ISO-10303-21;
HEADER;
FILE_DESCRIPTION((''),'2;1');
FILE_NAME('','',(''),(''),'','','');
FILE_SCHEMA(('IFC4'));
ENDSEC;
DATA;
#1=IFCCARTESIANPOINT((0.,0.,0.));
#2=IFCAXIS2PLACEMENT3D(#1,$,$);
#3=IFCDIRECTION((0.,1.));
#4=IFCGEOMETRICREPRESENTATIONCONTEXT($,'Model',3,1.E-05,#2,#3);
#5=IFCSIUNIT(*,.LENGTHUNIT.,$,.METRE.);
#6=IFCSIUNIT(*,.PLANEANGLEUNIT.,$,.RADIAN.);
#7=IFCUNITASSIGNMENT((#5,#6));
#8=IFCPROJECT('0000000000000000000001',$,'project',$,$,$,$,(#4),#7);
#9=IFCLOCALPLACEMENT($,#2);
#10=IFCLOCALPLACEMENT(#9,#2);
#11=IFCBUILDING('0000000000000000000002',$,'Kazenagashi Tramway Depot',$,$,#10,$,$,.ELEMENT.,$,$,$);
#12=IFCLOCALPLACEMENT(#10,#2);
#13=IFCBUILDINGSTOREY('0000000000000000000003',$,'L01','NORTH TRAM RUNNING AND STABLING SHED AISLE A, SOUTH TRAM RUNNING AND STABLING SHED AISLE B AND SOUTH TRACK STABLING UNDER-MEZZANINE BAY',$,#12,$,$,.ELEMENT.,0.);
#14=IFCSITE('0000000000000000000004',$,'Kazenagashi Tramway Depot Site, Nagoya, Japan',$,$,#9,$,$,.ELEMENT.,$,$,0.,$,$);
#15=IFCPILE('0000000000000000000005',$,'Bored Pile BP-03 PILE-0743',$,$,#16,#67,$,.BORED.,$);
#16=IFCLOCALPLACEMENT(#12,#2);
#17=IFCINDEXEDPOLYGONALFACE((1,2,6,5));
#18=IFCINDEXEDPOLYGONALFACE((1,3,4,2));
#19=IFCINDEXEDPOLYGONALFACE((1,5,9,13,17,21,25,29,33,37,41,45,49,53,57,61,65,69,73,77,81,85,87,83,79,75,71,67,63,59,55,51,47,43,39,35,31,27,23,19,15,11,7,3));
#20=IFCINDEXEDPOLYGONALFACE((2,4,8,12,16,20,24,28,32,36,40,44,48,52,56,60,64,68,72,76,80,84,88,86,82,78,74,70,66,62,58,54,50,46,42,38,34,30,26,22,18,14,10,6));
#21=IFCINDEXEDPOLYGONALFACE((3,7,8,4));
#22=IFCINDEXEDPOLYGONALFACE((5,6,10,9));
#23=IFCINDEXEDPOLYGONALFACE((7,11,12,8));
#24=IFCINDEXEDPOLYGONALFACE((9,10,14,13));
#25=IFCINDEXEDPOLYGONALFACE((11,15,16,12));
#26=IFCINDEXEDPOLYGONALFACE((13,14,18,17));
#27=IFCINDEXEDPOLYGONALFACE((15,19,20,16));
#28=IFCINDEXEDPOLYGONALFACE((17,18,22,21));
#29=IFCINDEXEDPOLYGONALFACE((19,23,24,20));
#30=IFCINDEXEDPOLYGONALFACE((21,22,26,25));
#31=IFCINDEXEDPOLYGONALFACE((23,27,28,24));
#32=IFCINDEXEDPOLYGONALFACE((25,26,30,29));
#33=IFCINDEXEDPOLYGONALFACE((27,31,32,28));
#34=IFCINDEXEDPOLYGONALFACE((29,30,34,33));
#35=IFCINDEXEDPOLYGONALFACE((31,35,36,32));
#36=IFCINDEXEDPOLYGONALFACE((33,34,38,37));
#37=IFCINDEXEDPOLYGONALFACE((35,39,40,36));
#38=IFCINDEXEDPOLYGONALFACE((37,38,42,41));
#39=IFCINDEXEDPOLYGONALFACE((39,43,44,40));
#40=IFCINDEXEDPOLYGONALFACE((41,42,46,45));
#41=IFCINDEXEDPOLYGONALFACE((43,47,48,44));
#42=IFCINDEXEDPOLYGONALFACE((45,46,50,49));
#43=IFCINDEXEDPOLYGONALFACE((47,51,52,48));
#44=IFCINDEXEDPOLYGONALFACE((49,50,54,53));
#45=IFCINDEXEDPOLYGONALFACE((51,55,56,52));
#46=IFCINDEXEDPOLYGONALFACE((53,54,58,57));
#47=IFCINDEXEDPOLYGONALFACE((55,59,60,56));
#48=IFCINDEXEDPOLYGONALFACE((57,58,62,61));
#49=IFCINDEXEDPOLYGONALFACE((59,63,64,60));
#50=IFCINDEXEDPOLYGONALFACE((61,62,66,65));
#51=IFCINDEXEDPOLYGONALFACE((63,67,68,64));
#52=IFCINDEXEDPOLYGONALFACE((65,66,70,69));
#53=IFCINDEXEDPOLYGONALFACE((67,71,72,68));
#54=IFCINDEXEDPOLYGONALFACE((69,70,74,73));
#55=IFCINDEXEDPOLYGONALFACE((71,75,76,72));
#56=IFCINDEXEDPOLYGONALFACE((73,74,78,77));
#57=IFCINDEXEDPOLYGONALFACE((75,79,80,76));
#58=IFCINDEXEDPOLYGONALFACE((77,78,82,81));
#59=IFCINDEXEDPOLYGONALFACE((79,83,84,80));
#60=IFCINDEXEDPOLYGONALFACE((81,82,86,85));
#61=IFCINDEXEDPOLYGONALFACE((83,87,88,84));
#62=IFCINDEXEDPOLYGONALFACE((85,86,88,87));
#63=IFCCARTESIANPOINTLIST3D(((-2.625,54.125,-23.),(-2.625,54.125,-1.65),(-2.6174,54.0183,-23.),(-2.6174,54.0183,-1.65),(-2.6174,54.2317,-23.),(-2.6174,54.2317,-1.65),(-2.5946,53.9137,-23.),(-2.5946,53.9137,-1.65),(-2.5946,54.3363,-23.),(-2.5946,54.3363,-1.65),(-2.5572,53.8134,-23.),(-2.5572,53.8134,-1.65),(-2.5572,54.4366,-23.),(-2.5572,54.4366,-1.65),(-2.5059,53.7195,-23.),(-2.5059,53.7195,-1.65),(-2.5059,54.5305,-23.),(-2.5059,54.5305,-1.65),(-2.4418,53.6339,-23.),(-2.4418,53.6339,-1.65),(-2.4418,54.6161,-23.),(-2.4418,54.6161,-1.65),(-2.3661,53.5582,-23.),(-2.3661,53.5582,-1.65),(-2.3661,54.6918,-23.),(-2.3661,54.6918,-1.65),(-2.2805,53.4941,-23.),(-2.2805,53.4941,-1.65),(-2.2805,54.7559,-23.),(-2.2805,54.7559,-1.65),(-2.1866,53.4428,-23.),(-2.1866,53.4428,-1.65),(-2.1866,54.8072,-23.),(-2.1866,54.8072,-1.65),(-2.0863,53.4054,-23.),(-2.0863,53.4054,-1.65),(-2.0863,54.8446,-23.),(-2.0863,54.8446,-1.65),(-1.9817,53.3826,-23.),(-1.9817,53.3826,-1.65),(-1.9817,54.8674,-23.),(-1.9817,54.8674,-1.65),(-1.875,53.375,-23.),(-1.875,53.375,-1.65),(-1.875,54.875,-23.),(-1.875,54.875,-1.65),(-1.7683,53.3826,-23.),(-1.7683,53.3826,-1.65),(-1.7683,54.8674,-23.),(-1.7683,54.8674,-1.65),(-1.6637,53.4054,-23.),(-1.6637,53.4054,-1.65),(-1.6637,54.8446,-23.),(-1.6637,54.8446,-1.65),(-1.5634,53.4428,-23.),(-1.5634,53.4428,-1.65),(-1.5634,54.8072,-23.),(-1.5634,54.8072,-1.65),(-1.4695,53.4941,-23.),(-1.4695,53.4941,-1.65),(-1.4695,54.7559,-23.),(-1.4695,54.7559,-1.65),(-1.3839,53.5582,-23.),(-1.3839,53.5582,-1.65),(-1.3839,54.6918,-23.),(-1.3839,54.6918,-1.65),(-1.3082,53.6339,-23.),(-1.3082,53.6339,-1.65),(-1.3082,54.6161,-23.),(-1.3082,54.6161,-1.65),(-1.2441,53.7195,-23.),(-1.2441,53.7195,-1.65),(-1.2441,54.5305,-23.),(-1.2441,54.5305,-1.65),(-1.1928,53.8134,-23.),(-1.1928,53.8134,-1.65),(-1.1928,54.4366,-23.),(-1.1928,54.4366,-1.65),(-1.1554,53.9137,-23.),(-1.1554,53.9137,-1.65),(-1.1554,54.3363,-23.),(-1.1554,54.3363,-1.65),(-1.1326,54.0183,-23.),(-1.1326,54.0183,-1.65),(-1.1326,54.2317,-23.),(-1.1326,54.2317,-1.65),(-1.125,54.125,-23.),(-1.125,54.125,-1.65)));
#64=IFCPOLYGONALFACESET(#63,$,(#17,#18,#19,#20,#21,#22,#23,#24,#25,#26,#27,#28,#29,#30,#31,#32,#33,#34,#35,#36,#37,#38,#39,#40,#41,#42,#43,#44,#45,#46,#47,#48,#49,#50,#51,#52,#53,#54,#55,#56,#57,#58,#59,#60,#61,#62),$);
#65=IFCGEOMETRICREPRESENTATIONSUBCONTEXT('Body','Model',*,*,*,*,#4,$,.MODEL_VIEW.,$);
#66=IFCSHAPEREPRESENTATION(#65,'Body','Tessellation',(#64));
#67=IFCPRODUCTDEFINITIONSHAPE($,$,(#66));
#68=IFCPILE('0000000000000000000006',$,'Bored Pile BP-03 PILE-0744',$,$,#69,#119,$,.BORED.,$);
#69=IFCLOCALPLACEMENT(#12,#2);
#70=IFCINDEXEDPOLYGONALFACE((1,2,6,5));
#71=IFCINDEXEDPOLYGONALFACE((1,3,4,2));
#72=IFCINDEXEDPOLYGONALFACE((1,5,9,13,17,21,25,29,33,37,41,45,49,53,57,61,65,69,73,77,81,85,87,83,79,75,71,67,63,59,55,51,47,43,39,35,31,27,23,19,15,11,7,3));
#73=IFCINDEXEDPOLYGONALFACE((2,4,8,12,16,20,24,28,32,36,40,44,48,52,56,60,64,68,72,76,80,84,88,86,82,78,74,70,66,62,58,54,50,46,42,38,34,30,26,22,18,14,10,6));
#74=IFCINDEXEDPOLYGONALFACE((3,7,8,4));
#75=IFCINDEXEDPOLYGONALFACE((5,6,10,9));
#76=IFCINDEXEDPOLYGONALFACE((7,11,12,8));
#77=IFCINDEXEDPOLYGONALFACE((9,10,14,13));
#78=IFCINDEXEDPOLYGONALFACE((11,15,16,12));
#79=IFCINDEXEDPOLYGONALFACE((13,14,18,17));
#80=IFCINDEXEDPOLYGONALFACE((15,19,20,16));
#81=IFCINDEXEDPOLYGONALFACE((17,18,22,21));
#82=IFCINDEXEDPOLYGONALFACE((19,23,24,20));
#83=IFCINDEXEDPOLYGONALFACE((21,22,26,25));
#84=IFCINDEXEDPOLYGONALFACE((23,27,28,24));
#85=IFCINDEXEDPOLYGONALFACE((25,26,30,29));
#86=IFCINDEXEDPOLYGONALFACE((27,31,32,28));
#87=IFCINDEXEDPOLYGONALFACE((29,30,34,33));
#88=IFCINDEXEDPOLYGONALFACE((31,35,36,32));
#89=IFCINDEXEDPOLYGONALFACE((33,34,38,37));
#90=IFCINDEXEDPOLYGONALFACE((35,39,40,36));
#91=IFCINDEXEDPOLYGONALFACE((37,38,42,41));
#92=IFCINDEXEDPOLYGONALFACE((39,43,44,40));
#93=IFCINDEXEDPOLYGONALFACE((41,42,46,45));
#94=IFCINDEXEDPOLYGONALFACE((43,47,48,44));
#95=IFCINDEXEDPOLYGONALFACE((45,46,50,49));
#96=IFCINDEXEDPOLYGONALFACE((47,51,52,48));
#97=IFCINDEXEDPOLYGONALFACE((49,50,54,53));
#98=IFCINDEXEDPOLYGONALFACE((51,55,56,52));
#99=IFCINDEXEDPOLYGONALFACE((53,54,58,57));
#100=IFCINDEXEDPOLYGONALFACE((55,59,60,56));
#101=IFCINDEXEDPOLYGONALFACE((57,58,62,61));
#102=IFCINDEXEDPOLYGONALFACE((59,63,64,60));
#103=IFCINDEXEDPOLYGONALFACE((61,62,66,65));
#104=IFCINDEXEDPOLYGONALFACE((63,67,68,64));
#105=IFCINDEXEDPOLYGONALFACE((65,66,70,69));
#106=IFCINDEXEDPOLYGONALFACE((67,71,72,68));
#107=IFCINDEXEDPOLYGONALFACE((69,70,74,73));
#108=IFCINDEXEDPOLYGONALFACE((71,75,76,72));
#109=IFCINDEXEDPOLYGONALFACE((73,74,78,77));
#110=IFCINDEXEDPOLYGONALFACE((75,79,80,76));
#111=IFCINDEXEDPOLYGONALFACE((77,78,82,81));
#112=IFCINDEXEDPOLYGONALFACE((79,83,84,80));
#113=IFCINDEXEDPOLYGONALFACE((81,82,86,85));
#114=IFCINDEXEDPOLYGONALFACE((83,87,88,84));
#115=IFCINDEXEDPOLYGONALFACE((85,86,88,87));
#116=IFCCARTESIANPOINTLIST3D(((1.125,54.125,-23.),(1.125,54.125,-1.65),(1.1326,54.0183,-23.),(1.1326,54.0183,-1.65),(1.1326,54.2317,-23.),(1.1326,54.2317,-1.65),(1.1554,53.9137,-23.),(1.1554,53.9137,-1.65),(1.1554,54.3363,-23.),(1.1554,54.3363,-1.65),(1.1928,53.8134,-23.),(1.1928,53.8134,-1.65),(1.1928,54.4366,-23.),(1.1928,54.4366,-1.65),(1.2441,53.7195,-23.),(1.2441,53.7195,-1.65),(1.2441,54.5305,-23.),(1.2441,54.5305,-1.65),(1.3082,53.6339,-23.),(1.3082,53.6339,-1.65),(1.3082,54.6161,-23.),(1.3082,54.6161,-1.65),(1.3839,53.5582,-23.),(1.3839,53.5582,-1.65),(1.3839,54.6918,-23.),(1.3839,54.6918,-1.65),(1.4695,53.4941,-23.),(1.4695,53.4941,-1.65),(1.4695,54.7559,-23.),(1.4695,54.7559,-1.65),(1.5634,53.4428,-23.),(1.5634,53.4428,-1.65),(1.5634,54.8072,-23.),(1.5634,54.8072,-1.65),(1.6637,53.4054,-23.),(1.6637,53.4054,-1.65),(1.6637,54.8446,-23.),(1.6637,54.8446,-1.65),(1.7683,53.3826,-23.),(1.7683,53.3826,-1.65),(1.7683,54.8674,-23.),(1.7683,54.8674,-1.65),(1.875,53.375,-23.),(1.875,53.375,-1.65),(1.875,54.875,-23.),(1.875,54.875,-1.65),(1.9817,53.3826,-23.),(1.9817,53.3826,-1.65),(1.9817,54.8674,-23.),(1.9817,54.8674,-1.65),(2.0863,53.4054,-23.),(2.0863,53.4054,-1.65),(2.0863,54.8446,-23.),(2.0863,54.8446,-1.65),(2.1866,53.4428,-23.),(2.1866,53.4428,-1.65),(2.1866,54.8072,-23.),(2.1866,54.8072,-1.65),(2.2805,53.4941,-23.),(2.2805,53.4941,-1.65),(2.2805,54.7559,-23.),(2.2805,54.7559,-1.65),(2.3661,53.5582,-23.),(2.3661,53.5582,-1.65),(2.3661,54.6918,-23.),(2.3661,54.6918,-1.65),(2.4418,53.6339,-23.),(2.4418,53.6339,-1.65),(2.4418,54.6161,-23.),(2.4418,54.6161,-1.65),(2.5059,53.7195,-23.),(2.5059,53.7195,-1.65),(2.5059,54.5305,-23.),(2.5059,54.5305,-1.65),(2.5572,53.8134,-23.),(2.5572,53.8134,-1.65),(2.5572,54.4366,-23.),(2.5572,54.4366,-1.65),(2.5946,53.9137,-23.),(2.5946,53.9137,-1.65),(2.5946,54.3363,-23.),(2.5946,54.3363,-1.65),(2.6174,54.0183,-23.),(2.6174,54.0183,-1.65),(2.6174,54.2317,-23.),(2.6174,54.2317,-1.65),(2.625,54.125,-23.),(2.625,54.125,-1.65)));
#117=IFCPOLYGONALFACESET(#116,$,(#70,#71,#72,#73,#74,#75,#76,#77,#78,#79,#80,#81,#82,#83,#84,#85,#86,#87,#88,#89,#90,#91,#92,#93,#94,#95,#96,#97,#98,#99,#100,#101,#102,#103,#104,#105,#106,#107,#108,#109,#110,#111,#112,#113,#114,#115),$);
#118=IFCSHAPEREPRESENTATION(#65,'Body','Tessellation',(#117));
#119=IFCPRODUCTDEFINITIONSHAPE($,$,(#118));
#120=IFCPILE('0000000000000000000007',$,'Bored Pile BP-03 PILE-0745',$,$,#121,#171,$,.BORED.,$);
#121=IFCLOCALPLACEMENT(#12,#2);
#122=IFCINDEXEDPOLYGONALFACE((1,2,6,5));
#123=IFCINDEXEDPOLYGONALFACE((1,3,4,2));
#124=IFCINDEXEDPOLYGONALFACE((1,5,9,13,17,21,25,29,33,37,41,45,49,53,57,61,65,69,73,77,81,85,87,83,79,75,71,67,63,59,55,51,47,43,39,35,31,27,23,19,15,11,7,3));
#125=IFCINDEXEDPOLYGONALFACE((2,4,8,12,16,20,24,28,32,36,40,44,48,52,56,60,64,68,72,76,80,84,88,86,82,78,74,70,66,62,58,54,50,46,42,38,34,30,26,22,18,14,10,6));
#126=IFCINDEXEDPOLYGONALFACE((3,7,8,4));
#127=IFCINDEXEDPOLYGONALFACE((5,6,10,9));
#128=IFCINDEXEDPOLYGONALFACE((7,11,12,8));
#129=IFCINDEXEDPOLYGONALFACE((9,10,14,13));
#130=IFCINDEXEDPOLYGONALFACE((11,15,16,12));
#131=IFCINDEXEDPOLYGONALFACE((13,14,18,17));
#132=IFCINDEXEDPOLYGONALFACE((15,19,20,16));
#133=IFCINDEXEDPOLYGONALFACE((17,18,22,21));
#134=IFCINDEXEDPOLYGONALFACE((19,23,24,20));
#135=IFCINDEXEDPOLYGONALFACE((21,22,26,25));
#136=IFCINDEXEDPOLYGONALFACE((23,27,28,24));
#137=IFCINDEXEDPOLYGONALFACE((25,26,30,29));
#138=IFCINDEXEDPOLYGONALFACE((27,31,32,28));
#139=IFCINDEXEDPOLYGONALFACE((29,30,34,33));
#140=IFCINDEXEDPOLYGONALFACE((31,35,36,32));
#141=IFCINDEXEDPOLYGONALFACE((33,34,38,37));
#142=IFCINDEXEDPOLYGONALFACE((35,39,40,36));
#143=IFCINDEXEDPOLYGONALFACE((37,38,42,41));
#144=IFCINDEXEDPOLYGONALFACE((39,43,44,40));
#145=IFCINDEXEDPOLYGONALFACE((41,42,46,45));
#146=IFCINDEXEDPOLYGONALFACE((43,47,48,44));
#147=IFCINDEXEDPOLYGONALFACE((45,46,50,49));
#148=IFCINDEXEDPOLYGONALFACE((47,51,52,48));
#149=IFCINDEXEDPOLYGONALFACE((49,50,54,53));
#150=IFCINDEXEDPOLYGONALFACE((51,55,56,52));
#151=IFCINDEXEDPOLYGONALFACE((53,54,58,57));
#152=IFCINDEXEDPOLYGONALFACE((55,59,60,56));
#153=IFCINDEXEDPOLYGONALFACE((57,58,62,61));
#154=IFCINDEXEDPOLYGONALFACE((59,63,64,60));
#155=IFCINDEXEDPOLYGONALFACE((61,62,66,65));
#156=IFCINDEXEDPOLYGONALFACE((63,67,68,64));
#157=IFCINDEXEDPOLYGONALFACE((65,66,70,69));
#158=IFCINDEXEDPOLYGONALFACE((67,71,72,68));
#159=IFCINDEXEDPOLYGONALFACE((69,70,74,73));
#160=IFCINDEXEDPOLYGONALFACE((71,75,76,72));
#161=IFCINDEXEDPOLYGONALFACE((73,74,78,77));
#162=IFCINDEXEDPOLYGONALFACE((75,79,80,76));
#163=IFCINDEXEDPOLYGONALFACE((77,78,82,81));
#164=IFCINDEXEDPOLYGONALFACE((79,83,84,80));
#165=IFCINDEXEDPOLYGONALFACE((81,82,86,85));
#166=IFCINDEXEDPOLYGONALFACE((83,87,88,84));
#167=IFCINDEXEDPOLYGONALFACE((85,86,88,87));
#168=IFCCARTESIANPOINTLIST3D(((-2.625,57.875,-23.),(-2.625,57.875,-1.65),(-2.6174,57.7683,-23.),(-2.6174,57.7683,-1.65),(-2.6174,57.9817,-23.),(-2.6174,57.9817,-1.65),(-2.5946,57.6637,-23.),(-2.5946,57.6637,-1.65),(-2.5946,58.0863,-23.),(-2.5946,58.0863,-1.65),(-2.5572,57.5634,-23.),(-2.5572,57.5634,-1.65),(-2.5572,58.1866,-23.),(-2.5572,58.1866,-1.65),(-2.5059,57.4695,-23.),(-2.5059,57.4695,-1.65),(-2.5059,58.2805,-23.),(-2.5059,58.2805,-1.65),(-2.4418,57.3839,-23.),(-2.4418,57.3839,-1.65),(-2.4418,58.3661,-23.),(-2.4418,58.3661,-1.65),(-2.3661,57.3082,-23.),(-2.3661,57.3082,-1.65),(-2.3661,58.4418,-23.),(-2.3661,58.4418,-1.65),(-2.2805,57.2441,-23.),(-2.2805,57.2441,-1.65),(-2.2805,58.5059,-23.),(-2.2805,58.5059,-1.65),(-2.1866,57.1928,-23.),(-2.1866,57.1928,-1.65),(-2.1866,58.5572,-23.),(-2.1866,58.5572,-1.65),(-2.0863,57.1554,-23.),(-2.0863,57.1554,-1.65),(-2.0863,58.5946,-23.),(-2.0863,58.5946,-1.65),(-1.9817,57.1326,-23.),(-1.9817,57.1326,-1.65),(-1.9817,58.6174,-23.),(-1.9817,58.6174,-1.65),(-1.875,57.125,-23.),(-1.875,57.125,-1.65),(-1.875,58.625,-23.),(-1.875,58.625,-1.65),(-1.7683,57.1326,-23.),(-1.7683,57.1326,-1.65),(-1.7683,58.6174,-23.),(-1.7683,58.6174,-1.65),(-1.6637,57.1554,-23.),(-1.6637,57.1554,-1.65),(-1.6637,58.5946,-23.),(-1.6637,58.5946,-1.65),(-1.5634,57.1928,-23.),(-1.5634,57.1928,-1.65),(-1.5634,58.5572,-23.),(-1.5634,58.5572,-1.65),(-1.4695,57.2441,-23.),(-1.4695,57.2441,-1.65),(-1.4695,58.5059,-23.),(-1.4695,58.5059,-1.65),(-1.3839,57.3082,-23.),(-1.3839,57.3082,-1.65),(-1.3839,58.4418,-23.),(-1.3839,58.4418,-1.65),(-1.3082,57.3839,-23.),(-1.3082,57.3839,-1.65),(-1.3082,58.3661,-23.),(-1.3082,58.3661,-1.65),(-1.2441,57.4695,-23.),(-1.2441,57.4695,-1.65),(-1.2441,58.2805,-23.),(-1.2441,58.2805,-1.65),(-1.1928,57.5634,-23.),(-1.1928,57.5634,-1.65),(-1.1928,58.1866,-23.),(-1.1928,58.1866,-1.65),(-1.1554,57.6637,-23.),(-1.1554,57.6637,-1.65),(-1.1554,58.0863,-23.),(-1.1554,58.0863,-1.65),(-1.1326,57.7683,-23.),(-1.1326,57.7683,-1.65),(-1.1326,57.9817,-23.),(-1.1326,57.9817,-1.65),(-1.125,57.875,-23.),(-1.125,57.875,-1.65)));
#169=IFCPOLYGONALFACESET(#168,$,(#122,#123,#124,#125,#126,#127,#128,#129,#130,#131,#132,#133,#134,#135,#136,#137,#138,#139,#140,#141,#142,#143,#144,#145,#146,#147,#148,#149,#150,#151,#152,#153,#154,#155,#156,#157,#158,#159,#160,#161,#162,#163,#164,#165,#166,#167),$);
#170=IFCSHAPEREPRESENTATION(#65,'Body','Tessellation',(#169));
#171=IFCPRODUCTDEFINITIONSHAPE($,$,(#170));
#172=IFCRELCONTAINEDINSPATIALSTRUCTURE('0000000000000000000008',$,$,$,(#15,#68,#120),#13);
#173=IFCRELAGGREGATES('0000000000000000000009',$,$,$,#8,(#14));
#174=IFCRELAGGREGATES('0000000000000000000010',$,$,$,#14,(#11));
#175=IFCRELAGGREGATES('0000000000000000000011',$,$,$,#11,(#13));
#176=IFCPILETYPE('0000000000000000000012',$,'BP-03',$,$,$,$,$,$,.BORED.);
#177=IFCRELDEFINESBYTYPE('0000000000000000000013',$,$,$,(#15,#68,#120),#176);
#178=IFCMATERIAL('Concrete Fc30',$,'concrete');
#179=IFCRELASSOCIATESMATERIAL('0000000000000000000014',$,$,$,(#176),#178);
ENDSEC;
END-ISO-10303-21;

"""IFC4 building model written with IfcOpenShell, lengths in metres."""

from ifc_helpers import new_model, si_unit, direction, frame, origin, origin_2d, place, context, subcontext, project, spatial, circle, extrude, material, material_profile, profile_set, type_object, element, save


model = new_model("IFC4")

# Units and contexts
model_context = context("Model", 3, precision=1e-05, world=origin(), true_north=direction((0.0, 1.0)))
body_context = subcontext(model_context, "Body", "Model", "MODEL_VIEW")
ifc_project = project(units=[si_unit("LENGTHUNIT", "METRE"), si_unit("PLANEANGLEUNIT", "RADIAN")], contexts=[model_context])

# Site, building, storey
site_placement = place(None, origin())
site = spatial("IfcSite", under=ifc_project, at=site_placement, Name="Kazenagashi Tramway Depot Site, Nagoya, Japan", CompositionType="ELEMENT", RefElevation=0.0)
building_placement = place(site_placement, origin())
building = spatial("IfcBuilding", under=site, at=building_placement, Name="Kazenagashi Tramway Depot", CompositionType="ELEMENT")
storey_placement = place(building_placement, origin())
storey = spatial("IfcBuildingStorey", under=building, at=storey_placement, Name="L01", Description="NORTH TRAM RUNNING AND STABLING SHED AISLE A, SOUTH TRAM RUNNING AND STABLING SHED AISLE B AND SOUTH TRACK STABLING UNDER-MEZZANINE BAY", CompositionType="ELEMENT", Elevation=0.0)

# Piles
ifc_material_1 = material(Name="Concrete Fc30", Category="concrete")
ifc_material_profile_1 = material_profile(ifc_material_1, circle(Radius=0.75, at=origin_2d()), Name="PILE-1500")
ifc_profile_set_1 = profile_set([ifc_material_profile_1], Name="Concrete Fc30")
pile_type = type_object("IfcPileType", Name="BP-03", PredefinedType="BORED", material=ifc_profile_set_1)
for number, where, z_axis, x_axis, name in (
    (1, (-1.875, 54.125, -1.65), (0.0, 0.0, -1.0), (1.0, 0.0, 0.0), "Bored Pile BP-03 PILE-0743"),
    (2, (1.875, 54.125, -1.65), (0.0, 0.0, -1.0), (1.0, 0.0, 0.0), "Bored Pile BP-03 PILE-0744"),
    (3, (-1.875, 57.875, -1.65), (0.0, 0.0, -1.0), (1.0, 0.0, 0.0), "Bored Pile BP-03 PILE-0745"),
):
    element("IfcPile", number, at=place(storey_placement, frame(where, z_axis=z_axis, x_axis=x_axis)), inside=storey, type_object=pile_type, Name=name, PredefinedType="BORED", context=body_context, shape_type="SweptSolid", body=[
        extrude(circle(Radius=0.75, at=origin_2d()), origin(), (0.0, 0.0, 1.0), 21.35),
    ])

save(model, "model.ifc")
